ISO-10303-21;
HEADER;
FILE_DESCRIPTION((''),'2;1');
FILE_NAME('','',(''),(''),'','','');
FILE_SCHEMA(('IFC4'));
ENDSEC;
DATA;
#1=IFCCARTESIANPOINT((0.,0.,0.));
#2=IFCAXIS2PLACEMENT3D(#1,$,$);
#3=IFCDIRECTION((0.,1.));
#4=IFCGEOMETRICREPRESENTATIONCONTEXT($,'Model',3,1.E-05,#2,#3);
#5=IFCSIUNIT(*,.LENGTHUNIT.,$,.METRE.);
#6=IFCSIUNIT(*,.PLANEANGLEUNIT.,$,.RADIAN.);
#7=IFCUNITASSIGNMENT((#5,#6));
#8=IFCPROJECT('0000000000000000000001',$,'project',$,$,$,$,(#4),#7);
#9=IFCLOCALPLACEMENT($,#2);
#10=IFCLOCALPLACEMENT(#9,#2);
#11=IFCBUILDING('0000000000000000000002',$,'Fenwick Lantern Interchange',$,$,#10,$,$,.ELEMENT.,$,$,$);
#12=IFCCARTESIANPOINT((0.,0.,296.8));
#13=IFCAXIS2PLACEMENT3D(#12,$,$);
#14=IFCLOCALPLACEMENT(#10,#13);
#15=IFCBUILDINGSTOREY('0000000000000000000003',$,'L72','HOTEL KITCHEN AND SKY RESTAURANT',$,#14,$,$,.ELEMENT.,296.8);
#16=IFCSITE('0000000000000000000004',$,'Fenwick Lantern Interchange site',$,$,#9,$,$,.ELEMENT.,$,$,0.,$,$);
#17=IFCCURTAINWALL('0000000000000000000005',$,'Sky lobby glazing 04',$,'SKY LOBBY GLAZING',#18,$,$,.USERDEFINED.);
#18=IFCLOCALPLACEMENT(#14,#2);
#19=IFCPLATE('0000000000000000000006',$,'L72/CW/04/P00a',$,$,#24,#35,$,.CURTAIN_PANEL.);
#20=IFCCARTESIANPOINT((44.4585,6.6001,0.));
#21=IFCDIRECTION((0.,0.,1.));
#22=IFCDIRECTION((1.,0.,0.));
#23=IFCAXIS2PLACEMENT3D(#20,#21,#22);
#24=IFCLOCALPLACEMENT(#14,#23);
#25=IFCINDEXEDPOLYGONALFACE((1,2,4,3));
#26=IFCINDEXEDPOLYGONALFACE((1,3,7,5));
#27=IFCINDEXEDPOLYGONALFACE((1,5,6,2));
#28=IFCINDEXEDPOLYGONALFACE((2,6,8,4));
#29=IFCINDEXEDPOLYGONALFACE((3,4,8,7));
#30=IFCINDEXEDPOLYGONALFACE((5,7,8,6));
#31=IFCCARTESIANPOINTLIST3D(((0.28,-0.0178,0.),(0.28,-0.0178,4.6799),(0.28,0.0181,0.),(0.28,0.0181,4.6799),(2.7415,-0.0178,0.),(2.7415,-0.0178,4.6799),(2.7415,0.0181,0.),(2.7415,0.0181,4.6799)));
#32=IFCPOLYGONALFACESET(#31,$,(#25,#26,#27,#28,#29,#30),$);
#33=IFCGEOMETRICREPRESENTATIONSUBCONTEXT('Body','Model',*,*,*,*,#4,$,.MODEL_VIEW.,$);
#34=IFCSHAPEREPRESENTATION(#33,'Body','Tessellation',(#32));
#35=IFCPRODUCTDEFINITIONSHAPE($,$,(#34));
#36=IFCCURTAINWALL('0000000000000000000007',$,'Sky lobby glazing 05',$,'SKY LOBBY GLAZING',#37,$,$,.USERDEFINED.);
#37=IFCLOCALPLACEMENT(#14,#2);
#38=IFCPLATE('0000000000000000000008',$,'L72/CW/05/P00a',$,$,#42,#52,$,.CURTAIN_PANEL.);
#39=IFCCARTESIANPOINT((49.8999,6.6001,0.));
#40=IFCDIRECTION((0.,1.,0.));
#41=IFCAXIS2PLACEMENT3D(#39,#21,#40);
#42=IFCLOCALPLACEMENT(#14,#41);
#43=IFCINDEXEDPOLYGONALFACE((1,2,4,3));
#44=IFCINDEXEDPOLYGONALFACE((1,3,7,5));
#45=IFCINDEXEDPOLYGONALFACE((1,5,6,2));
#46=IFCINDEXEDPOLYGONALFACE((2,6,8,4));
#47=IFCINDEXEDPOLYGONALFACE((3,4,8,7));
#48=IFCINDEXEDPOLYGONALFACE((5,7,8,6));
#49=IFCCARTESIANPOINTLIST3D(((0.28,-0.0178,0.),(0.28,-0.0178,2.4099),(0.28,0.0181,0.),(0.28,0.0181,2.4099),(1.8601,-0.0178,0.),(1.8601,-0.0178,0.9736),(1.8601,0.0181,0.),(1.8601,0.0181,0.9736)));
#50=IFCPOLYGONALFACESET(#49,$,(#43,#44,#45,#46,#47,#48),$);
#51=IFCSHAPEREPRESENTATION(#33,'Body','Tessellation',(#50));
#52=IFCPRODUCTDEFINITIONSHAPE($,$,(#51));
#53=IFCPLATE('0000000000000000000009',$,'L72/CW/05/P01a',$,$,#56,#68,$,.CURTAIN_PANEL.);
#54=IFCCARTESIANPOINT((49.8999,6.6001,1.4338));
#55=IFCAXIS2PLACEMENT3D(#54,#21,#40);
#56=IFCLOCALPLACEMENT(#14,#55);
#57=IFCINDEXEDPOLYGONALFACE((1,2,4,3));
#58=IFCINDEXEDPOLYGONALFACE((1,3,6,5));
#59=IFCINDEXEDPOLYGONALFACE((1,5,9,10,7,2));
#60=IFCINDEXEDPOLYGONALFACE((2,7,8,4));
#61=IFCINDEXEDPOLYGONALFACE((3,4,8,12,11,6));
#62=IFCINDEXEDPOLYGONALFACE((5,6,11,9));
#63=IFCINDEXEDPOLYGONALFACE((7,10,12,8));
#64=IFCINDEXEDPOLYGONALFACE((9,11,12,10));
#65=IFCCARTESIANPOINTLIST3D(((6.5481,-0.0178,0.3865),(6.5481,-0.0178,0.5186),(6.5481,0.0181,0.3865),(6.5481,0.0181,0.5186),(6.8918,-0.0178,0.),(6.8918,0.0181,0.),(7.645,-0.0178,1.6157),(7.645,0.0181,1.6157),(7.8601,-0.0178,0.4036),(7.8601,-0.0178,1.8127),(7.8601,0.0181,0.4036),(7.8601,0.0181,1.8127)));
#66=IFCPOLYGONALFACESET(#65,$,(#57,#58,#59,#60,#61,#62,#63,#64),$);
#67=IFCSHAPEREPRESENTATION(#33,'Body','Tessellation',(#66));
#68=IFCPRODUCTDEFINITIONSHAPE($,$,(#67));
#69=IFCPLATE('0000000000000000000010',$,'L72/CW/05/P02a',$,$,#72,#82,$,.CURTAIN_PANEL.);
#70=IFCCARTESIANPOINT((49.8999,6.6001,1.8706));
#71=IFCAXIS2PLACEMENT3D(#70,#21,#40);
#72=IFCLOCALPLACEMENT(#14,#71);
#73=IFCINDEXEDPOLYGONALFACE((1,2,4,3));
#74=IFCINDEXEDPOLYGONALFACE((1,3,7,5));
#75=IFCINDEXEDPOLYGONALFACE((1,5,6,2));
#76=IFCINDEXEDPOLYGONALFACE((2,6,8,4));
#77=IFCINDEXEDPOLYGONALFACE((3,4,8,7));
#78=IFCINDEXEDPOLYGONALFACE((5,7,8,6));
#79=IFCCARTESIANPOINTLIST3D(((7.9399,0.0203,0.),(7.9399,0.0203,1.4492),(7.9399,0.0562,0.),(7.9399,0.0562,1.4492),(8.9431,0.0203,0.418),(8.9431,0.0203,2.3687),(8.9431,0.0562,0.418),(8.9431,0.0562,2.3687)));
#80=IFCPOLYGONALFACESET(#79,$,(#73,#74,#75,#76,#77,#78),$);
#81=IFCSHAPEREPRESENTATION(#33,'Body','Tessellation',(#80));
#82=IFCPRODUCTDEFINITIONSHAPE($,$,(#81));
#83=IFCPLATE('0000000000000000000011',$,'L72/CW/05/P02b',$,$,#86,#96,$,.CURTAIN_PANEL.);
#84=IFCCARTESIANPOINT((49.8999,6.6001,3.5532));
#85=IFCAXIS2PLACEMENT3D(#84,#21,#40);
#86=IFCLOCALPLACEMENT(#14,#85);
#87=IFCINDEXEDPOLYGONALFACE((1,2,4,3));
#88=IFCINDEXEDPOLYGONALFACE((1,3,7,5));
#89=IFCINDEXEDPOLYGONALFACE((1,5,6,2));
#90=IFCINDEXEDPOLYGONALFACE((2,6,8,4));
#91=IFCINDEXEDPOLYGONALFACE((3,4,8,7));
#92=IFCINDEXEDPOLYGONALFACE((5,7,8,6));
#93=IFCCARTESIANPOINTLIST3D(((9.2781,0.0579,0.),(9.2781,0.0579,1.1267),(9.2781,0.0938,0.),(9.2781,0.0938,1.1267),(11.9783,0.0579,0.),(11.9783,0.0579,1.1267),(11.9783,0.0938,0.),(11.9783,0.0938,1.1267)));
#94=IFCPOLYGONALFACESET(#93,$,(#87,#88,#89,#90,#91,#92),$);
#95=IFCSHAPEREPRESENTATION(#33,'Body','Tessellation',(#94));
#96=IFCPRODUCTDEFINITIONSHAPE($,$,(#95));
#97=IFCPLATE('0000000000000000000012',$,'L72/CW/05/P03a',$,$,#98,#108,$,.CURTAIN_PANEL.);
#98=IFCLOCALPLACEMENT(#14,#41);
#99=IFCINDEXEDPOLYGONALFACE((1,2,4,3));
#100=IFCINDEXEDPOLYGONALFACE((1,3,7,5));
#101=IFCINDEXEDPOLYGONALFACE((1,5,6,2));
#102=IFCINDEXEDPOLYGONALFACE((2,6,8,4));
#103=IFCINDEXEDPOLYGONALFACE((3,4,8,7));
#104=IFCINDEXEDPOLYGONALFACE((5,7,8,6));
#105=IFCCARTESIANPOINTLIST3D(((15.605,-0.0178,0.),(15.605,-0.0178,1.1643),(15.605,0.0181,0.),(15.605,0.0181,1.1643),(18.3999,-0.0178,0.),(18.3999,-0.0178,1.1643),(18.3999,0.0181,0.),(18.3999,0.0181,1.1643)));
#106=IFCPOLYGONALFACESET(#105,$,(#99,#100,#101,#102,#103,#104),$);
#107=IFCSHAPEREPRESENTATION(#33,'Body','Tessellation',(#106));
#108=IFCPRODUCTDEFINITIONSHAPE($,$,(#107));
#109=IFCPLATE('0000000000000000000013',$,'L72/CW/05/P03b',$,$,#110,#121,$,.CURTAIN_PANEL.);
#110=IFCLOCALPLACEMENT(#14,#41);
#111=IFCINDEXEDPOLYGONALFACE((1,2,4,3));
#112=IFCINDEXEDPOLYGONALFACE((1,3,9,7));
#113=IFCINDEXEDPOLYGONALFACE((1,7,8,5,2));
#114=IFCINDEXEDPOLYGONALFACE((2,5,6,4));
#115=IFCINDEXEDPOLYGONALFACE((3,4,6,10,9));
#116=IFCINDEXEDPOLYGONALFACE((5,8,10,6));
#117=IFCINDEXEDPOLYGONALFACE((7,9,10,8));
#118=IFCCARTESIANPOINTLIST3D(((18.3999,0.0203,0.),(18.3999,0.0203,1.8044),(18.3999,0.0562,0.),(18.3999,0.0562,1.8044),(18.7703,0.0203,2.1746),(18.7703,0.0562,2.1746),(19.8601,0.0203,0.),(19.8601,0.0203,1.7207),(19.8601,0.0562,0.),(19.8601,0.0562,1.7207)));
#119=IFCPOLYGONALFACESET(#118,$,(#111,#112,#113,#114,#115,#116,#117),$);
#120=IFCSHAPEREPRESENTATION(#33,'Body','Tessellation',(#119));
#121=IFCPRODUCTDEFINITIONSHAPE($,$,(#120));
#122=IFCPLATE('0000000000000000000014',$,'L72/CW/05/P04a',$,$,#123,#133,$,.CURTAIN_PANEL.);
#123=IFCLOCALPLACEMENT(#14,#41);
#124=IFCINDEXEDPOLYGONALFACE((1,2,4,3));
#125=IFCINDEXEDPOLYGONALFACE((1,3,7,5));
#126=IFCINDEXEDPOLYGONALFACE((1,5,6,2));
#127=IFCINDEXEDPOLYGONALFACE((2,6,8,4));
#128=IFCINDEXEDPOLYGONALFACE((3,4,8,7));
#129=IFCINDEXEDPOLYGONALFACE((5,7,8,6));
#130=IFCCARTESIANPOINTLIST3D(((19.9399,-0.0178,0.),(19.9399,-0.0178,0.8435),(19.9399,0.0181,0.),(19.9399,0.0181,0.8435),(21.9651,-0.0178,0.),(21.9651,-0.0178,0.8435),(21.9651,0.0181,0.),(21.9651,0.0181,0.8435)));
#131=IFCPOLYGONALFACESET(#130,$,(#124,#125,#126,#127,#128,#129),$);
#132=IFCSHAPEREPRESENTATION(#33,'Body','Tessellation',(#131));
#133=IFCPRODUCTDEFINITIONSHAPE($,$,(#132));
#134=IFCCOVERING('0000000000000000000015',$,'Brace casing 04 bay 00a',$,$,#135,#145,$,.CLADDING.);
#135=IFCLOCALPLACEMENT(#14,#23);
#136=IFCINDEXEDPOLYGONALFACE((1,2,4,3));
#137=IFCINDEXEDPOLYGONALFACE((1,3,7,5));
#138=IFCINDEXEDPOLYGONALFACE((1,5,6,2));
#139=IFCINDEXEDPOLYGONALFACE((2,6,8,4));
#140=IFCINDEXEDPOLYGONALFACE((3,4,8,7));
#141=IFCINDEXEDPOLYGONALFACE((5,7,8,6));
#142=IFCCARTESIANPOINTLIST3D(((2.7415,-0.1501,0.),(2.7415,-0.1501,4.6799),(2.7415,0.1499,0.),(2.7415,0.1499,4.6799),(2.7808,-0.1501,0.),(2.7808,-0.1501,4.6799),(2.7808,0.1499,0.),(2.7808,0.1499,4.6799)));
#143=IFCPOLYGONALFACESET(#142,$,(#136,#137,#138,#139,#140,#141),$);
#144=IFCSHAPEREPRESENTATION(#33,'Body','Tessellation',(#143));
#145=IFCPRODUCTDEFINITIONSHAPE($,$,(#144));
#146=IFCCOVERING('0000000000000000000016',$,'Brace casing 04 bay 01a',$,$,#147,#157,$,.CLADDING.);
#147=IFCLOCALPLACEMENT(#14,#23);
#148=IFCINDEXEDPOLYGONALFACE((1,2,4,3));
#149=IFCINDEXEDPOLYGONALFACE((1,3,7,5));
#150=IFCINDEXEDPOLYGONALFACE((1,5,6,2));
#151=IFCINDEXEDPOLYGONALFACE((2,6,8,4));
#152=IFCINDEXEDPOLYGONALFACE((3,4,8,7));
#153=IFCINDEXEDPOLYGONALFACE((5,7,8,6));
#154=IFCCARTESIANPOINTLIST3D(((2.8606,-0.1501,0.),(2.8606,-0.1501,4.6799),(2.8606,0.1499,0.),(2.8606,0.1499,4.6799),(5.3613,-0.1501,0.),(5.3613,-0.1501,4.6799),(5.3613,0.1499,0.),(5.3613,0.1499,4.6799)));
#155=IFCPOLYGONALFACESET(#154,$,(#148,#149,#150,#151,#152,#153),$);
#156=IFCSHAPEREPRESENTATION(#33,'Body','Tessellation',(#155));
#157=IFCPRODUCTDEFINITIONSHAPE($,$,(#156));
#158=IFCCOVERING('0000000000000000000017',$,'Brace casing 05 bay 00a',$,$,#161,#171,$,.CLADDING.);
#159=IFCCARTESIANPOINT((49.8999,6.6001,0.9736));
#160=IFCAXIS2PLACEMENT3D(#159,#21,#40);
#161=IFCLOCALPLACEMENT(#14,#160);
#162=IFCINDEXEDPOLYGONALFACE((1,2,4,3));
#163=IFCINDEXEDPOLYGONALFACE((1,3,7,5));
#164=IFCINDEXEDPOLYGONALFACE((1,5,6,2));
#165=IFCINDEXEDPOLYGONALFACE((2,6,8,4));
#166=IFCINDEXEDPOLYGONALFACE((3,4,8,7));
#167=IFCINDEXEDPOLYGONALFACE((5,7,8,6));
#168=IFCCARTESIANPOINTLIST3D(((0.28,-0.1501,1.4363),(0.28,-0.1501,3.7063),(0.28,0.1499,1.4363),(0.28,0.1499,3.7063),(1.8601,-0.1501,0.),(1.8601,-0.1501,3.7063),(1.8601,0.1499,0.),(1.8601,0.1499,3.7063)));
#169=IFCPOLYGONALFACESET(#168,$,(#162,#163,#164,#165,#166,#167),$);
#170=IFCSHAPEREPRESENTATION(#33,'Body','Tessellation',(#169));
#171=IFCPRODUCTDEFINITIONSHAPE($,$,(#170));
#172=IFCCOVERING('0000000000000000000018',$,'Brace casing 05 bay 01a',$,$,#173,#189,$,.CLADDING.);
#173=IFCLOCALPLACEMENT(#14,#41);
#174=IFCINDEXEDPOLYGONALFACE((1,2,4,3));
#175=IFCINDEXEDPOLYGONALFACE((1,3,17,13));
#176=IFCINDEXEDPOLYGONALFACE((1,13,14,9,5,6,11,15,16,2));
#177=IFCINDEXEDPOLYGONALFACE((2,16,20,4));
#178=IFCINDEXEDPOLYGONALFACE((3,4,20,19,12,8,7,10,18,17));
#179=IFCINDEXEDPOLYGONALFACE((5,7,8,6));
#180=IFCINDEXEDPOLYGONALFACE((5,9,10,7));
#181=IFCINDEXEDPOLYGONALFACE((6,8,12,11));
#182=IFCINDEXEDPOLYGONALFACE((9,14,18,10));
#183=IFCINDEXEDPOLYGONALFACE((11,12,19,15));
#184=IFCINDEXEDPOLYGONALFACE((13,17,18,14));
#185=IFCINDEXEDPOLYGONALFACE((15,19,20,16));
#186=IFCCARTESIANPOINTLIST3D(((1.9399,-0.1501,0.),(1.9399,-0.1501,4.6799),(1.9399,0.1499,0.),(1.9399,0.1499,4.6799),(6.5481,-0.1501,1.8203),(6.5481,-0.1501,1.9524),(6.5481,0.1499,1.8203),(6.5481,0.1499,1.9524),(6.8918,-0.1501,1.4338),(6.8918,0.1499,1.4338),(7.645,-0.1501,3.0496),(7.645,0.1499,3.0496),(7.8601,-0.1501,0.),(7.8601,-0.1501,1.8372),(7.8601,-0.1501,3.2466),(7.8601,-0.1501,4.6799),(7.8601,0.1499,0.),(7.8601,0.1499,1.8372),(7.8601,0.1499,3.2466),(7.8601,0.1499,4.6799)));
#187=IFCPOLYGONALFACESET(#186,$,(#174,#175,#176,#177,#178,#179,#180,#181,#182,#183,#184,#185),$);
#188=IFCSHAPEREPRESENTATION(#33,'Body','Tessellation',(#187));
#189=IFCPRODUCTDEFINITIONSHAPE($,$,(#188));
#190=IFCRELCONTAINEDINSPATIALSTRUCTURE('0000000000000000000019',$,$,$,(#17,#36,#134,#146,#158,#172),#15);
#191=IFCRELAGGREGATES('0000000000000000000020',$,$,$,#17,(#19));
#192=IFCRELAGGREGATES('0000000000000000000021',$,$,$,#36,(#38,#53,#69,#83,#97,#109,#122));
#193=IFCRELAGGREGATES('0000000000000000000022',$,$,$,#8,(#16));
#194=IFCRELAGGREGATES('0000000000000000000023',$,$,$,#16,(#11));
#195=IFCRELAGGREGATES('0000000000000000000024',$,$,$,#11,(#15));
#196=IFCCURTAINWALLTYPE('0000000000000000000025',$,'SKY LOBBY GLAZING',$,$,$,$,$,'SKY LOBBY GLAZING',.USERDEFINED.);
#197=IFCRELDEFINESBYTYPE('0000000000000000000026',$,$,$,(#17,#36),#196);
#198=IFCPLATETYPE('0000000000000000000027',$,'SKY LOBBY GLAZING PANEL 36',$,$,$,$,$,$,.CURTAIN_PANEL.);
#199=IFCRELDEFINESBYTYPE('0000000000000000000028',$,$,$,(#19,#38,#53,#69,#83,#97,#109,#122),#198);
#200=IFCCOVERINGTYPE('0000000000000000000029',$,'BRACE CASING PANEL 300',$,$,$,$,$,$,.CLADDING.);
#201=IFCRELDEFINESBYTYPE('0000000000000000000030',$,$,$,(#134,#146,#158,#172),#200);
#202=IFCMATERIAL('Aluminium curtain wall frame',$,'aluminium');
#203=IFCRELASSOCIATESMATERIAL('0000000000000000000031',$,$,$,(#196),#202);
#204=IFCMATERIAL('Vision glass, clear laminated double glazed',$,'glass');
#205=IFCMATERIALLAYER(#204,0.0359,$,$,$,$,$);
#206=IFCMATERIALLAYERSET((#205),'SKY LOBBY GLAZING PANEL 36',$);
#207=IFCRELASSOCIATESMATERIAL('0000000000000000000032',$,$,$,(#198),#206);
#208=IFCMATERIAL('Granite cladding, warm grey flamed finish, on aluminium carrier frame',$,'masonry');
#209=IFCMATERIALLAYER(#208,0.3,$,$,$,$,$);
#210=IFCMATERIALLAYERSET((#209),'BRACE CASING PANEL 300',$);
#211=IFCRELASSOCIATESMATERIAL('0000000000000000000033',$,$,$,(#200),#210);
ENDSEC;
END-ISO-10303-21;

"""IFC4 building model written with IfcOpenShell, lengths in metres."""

from ifc_helpers import new_model, si_unit, direction, frame, origin, place, context, subcontext, project, spatial, polyline, outline, extrude, material, layer, layer_set, type_object, element, aggregate, save


model = new_model("IFC4")

# Units and contexts
model_context = context("Model", 3, precision=1e-05, world=origin(), true_north=direction((0.0, 1.0)))
body_context = subcontext(model_context, "Body", "Model", "MODEL_VIEW")
ifc_project = project(units=[si_unit("LENGTHUNIT", "METRE"), si_unit("PLANEANGLEUNIT", "RADIAN")], contexts=[model_context])

# Site, building, storey
site_placement = place(None, origin())
site = spatial("IfcSite", under=ifc_project, at=site_placement, Name="Fenwick Lantern Interchange site", CompositionType="ELEMENT", RefElevation=0.0)
building_placement = place(site_placement, origin())
building = spatial("IfcBuilding", under=site, at=building_placement, Name="Fenwick Lantern Interchange", CompositionType="ELEMENT")
storey_placement = place(building_placement, frame((0.0, 0.0, 296.8)))
storey = spatial("IfcBuildingStorey", under=building, at=storey_placement, Name="L72", Description="HOTEL KITCHEN AND SKY RESTAURANT", CompositionType="ELEMENT", Elevation=296.8)

# Curtain wall
ifc_material_1 = material(Name="Aluminium curtain wall frame", Category="aluminium")
curtain_wall_type = type_object("IfcCurtainWallType", Name="SKY LOBBY GLAZING", ElementType="SKY LOBBY GLAZING", PredefinedType="USERDEFINED", material=ifc_material_1)
curtain_wall_1_placement = place(storey_placement, origin())
curtain_wall_1 = element("IfcCurtainWall", 1, at=curtain_wall_1_placement, inside=storey, type_object=curtain_wall_type, Name="Sky lobby glazing 04", ObjectType="SKY LOBBY GLAZING", PredefinedType="USERDEFINED")

# Plate
ifc_material_2 = material(Name="Vision glass, clear laminated double glazed", Category="glass")
ifc_layer_1 = layer(ifc_material_2, 0.0359)
ifc_layer_set_1 = layer_set([ifc_layer_1], Name="SKY LOBBY GLAZING PANEL 36")
plate_type = type_object("IfcPlateType", Name="SKY LOBBY GLAZING PANEL 36", PredefinedType="CURTAIN_PANEL", material=ifc_layer_set_1)
plate_1_placement = place(storey_placement, frame((44.4585, 6.6001, 0.0), z_axis=(0.0, 0.0, 1.0), x_axis=(1.0, 0.0, 0.0)))
plate_1 = element("IfcPlate", 2, at=plate_1_placement, type_object=plate_type, Name="L72/CW/04/P00a", PredefinedType="CURTAIN_PANEL", context=body_context, shape_type="SweptSolid", body=[
    extrude(outline(polyline([(0.28, 0.0), (2.7415, 0.0), (2.7415, 4.6799), (0.28, 4.6799), (0.28, 0.0)])), frame((0.0, 0.0181, 0.0), z_axis=(0.0, -1.0, 0.0), x_axis=(1.0, 0.0, 0.0)), (0.0, 0.0, 1.0), 0.0359),
])
aggregate(curtain_wall_1, [plate_1])

# Curtain wall, plates
curtain_wall_2_placement = place(storey_placement, origin())
curtain_wall_2 = element("IfcCurtainWall", 3, at=curtain_wall_2_placement, inside=storey, type_object=curtain_wall_type, Name="Sky lobby glazing 05", ObjectType="SKY LOBBY GLAZING", PredefinedType="USERDEFINED")
plate_2_placement = place(storey_placement, frame((49.8999, 6.6001, 0.0), z_axis=(0.0, 0.0, 1.0), x_axis=(0.0, 1.0, 0.0)))
plate_2 = element("IfcPlate", 4, at=plate_2_placement, type_object=plate_type, Name="L72/CW/05/P00a", PredefinedType="CURTAIN_PANEL", context=body_context, shape_type="SweptSolid", body=[
    extrude(outline(polyline([(0.28, 0.0), (1.8601, 0.0), (1.8601, 0.9736), (0.28, 2.4099), (0.28, 0.0)])), frame((0.0, 0.0181, 0.0), z_axis=(0.0, -1.0, 0.0), x_axis=(1.0, 0.0, 0.0)), (0.0, 0.0, 1.0), 0.0359),
])
plate_3_placement = place(storey_placement, frame((49.8999, 6.6001, 1.4338), z_axis=(0.0, 0.0, 1.0), x_axis=(0.0, 1.0, 0.0)))
plate_3 = element("IfcPlate", 5, at=plate_3_placement, type_object=plate_type, Name="L72/CW/05/P01a", PredefinedType="CURTAIN_PANEL", context=body_context, shape_type="SweptSolid", body=[
    extrude(outline(polyline([(6.8918, 0.0), (7.8601, 0.4036), (7.8601, 1.8127), (7.645, 1.6157), (6.5481, 0.5186), (6.5481, 0.3865), (6.8918, 0.0)])), frame((0.0, 0.0181, 0.0), z_axis=(0.0, -1.0, 0.0), x_axis=(1.0, 0.0, 0.0)), (0.0, 0.0, 1.0), 0.0359),
])
plate_4_placement = place(storey_placement, frame((49.8999, 6.6001, 1.8706), z_axis=(0.0, 0.0, 1.0), x_axis=(0.0, 1.0, 0.0)))
plate_4 = element("IfcPlate", 6, at=plate_4_placement, type_object=plate_type, Name="L72/CW/05/P02a", PredefinedType="CURTAIN_PANEL", context=body_context, shape_type="SweptSolid", body=[
    extrude(outline(polyline([(7.9399, 0.0), (8.9431, 0.418), (8.9431, 2.3687), (7.9399, 1.4492), (7.9399, 0.0)])), frame((0.0, 0.0562, 0.0), z_axis=(0.0, -1.0, 0.0), x_axis=(1.0, 0.0, 0.0)), (0.0, 0.0, 1.0), 0.0359),
])
plate_5_placement = place(storey_placement, frame((49.8999, 6.6001, 3.5532), z_axis=(0.0, 0.0, 1.0), x_axis=(0.0, 1.0, 0.0)))
plate_5 = element("IfcPlate", 7, at=plate_5_placement, type_object=plate_type, Name="L72/CW/05/P02b", PredefinedType="CURTAIN_PANEL", context=body_context, shape_type="SweptSolid", body=[
    extrude(outline(polyline([(9.2781, 0.0), (11.9783, 0.0), (11.9783, 1.1267), (9.2781, 1.1267), (9.2781, 0.0)])), frame((0.0, 0.0938, 0.0), z_axis=(0.0, -1.0, 0.0), x_axis=(1.0, 0.0, 0.0)), (0.0, 0.0, 1.0), 0.0359),
])
plate_6_placement = place(storey_placement, frame((49.8999, 6.6001, 0.0), z_axis=(0.0, 0.0, 1.0), x_axis=(0.0, 1.0, 0.0)))
plate_6 = element("IfcPlate", 8, at=plate_6_placement, type_object=plate_type, Name="L72/CW/05/P03a", PredefinedType="CURTAIN_PANEL", context=body_context, shape_type="SweptSolid", body=[
    extrude(outline(polyline([(15.605, 0.0), (18.3999, 0.0), (18.3999, 1.1643), (15.605, 1.1643), (15.605, 0.0)])), frame((0.0, 0.0181, 0.0), z_axis=(0.0, -1.0, 0.0), x_axis=(1.0, 0.0, 0.0)), (0.0, 0.0, 1.0), 0.0359),
])
plate_7_placement = place(storey_placement, frame((49.8999, 6.6001, 0.0), z_axis=(0.0, 0.0, 1.0), x_axis=(0.0, 1.0, 0.0)))
plate_7 = element("IfcPlate", 9, at=plate_7_placement, type_object=plate_type, Name="L72/CW/05/P03b", PredefinedType="CURTAIN_PANEL", context=body_context, shape_type="SweptSolid", body=[
    extrude(outline(polyline([(18.3999, 0.0), (19.8601, 0.0), (19.8601, 1.7207), (18.7703, 2.1746), (18.3999, 1.8044), (18.3999, 0.0)])), frame((0.0, 0.0562, 0.0), z_axis=(0.0, -1.0, 0.0), x_axis=(1.0, 0.0, 0.0)), (0.0, 0.0, 1.0), 0.0359),
])
plate_8_placement = place(storey_placement, frame((49.8999, 6.6001, 0.0), z_axis=(0.0, 0.0, 1.0), x_axis=(0.0, 1.0, 0.0)))
plate_8 = element("IfcPlate", 10, at=plate_8_placement, type_object=plate_type, Name="L72/CW/05/P04a", PredefinedType="CURTAIN_PANEL", context=body_context, shape_type="SweptSolid", body=[
    extrude(outline(polyline([(19.9399, 0.0), (21.9651, 0.0), (21.9651, 0.8435), (19.9399, 0.8435), (19.9399, 0.0)])), frame((0.0, 0.0181, 0.0), z_axis=(0.0, -1.0, 0.0), x_axis=(1.0, 0.0, 0.0)), (0.0, 0.0, 1.0), 0.0359),
])
aggregate(curtain_wall_2, [plate_2, plate_3, plate_4, plate_5, plate_6, plate_7, plate_8])

# Coverings
ifc_material_3 = material(Name="Granite cladding, warm grey flamed finish, on aluminium carrier frame", Category="masonry")
ifc_layer_2 = layer(ifc_material_3, 0.3)
ifc_layer_set_2 = layer_set([ifc_layer_2], Name="BRACE CASING PANEL 300")
covering_type = type_object("IfcCoveringType", Name="BRACE CASING PANEL 300", PredefinedType="CLADDING", material=ifc_layer_set_2)
covering_1_placement = place(storey_placement, frame((44.4585, 6.6001, 0.0), z_axis=(0.0, 0.0, 1.0), x_axis=(1.0, 0.0, 0.0)))
element("IfcCovering", 11, at=covering_1_placement, inside=storey, type_object=covering_type, Name="Brace casing 04 bay 00a", PredefinedType="CLADDING", context=body_context, shape_type="SweptSolid", body=[
    extrude(outline(polyline([(2.7415, 0.0), (2.7808, 0.0), (2.7808, 4.6799), (2.7415, 4.6799), (2.7415, 0.0)])), frame((0.0, 0.1499, 0.0), z_axis=(0.0, -1.0, 0.0), x_axis=(1.0, 0.0, 0.0)), (0.0, 0.0, 1.0), 0.3),
])
covering_2_placement = place(storey_placement, frame((44.4585, 6.6001, 0.0), z_axis=(0.0, 0.0, 1.0), x_axis=(1.0, 0.0, 0.0)))
element("IfcCovering", 12, at=covering_2_placement, inside=storey, type_object=covering_type, Name="Brace casing 04 bay 01a", PredefinedType="CLADDING", context=body_context, shape_type="SweptSolid", body=[
    extrude(outline(polyline([(2.8606, 0.0), (5.3613, 0.0), (5.3613, 4.6799), (2.8606, 4.6799), (2.8606, 0.0)])), frame((0.0, 0.1499, 0.0), z_axis=(0.0, -1.0, 0.0), x_axis=(1.0, 0.0, 0.0)), (0.0, 0.0, 1.0), 0.3),
])
covering_3_placement = place(storey_placement, frame((49.8999, 6.6001, 0.9736), z_axis=(0.0, 0.0, 1.0), x_axis=(0.0, 1.0, 0.0)))
element("IfcCovering", 13, at=covering_3_placement, inside=storey, type_object=covering_type, Name="Brace casing 05 bay 00a", PredefinedType="CLADDING", context=body_context, shape_type="SweptSolid", body=[
    extrude(outline(polyline([(1.8601, 0.0), (1.8601, 3.7063), (0.28, 3.7063), (0.28, 1.4363), (1.8601, 0.0)])), frame((0.0, 0.1499, 0.0), z_axis=(0.0, -1.0, 0.0), x_axis=(1.0, 0.0, 0.0)), (0.0, 0.0, 1.0), 0.3),
])
covering_4_placement = place(storey_placement, frame((49.8999, 6.6001, 0.0), z_axis=(0.0, 0.0, 1.0), x_axis=(0.0, 1.0, 0.0)))
element("IfcCovering", 14, at=covering_4_placement, inside=storey, type_object=covering_type, Name="Brace casing 05 bay 01a", PredefinedType="CLADDING", context=body_context, shape_type="SweptSolid", body=[
    extrude(outline(polyline([(1.9399, 0.0), (7.8601, 0.0), (7.8601, 1.8372), (6.8918, 1.4338), (6.5481, 1.8203), (6.5481, 1.9524), (7.645, 3.0496), (7.8601, 3.2466), (7.8601, 4.6799), (1.9399, 4.6799), (1.9399, 0.0)])), frame((0.0, 0.1499, 0.0), z_axis=(0.0, -1.0, 0.0), x_axis=(1.0, 0.0, 0.0)), (0.0, 0.0, 1.0), 0.3),
])

save(model, "model.ifc")
